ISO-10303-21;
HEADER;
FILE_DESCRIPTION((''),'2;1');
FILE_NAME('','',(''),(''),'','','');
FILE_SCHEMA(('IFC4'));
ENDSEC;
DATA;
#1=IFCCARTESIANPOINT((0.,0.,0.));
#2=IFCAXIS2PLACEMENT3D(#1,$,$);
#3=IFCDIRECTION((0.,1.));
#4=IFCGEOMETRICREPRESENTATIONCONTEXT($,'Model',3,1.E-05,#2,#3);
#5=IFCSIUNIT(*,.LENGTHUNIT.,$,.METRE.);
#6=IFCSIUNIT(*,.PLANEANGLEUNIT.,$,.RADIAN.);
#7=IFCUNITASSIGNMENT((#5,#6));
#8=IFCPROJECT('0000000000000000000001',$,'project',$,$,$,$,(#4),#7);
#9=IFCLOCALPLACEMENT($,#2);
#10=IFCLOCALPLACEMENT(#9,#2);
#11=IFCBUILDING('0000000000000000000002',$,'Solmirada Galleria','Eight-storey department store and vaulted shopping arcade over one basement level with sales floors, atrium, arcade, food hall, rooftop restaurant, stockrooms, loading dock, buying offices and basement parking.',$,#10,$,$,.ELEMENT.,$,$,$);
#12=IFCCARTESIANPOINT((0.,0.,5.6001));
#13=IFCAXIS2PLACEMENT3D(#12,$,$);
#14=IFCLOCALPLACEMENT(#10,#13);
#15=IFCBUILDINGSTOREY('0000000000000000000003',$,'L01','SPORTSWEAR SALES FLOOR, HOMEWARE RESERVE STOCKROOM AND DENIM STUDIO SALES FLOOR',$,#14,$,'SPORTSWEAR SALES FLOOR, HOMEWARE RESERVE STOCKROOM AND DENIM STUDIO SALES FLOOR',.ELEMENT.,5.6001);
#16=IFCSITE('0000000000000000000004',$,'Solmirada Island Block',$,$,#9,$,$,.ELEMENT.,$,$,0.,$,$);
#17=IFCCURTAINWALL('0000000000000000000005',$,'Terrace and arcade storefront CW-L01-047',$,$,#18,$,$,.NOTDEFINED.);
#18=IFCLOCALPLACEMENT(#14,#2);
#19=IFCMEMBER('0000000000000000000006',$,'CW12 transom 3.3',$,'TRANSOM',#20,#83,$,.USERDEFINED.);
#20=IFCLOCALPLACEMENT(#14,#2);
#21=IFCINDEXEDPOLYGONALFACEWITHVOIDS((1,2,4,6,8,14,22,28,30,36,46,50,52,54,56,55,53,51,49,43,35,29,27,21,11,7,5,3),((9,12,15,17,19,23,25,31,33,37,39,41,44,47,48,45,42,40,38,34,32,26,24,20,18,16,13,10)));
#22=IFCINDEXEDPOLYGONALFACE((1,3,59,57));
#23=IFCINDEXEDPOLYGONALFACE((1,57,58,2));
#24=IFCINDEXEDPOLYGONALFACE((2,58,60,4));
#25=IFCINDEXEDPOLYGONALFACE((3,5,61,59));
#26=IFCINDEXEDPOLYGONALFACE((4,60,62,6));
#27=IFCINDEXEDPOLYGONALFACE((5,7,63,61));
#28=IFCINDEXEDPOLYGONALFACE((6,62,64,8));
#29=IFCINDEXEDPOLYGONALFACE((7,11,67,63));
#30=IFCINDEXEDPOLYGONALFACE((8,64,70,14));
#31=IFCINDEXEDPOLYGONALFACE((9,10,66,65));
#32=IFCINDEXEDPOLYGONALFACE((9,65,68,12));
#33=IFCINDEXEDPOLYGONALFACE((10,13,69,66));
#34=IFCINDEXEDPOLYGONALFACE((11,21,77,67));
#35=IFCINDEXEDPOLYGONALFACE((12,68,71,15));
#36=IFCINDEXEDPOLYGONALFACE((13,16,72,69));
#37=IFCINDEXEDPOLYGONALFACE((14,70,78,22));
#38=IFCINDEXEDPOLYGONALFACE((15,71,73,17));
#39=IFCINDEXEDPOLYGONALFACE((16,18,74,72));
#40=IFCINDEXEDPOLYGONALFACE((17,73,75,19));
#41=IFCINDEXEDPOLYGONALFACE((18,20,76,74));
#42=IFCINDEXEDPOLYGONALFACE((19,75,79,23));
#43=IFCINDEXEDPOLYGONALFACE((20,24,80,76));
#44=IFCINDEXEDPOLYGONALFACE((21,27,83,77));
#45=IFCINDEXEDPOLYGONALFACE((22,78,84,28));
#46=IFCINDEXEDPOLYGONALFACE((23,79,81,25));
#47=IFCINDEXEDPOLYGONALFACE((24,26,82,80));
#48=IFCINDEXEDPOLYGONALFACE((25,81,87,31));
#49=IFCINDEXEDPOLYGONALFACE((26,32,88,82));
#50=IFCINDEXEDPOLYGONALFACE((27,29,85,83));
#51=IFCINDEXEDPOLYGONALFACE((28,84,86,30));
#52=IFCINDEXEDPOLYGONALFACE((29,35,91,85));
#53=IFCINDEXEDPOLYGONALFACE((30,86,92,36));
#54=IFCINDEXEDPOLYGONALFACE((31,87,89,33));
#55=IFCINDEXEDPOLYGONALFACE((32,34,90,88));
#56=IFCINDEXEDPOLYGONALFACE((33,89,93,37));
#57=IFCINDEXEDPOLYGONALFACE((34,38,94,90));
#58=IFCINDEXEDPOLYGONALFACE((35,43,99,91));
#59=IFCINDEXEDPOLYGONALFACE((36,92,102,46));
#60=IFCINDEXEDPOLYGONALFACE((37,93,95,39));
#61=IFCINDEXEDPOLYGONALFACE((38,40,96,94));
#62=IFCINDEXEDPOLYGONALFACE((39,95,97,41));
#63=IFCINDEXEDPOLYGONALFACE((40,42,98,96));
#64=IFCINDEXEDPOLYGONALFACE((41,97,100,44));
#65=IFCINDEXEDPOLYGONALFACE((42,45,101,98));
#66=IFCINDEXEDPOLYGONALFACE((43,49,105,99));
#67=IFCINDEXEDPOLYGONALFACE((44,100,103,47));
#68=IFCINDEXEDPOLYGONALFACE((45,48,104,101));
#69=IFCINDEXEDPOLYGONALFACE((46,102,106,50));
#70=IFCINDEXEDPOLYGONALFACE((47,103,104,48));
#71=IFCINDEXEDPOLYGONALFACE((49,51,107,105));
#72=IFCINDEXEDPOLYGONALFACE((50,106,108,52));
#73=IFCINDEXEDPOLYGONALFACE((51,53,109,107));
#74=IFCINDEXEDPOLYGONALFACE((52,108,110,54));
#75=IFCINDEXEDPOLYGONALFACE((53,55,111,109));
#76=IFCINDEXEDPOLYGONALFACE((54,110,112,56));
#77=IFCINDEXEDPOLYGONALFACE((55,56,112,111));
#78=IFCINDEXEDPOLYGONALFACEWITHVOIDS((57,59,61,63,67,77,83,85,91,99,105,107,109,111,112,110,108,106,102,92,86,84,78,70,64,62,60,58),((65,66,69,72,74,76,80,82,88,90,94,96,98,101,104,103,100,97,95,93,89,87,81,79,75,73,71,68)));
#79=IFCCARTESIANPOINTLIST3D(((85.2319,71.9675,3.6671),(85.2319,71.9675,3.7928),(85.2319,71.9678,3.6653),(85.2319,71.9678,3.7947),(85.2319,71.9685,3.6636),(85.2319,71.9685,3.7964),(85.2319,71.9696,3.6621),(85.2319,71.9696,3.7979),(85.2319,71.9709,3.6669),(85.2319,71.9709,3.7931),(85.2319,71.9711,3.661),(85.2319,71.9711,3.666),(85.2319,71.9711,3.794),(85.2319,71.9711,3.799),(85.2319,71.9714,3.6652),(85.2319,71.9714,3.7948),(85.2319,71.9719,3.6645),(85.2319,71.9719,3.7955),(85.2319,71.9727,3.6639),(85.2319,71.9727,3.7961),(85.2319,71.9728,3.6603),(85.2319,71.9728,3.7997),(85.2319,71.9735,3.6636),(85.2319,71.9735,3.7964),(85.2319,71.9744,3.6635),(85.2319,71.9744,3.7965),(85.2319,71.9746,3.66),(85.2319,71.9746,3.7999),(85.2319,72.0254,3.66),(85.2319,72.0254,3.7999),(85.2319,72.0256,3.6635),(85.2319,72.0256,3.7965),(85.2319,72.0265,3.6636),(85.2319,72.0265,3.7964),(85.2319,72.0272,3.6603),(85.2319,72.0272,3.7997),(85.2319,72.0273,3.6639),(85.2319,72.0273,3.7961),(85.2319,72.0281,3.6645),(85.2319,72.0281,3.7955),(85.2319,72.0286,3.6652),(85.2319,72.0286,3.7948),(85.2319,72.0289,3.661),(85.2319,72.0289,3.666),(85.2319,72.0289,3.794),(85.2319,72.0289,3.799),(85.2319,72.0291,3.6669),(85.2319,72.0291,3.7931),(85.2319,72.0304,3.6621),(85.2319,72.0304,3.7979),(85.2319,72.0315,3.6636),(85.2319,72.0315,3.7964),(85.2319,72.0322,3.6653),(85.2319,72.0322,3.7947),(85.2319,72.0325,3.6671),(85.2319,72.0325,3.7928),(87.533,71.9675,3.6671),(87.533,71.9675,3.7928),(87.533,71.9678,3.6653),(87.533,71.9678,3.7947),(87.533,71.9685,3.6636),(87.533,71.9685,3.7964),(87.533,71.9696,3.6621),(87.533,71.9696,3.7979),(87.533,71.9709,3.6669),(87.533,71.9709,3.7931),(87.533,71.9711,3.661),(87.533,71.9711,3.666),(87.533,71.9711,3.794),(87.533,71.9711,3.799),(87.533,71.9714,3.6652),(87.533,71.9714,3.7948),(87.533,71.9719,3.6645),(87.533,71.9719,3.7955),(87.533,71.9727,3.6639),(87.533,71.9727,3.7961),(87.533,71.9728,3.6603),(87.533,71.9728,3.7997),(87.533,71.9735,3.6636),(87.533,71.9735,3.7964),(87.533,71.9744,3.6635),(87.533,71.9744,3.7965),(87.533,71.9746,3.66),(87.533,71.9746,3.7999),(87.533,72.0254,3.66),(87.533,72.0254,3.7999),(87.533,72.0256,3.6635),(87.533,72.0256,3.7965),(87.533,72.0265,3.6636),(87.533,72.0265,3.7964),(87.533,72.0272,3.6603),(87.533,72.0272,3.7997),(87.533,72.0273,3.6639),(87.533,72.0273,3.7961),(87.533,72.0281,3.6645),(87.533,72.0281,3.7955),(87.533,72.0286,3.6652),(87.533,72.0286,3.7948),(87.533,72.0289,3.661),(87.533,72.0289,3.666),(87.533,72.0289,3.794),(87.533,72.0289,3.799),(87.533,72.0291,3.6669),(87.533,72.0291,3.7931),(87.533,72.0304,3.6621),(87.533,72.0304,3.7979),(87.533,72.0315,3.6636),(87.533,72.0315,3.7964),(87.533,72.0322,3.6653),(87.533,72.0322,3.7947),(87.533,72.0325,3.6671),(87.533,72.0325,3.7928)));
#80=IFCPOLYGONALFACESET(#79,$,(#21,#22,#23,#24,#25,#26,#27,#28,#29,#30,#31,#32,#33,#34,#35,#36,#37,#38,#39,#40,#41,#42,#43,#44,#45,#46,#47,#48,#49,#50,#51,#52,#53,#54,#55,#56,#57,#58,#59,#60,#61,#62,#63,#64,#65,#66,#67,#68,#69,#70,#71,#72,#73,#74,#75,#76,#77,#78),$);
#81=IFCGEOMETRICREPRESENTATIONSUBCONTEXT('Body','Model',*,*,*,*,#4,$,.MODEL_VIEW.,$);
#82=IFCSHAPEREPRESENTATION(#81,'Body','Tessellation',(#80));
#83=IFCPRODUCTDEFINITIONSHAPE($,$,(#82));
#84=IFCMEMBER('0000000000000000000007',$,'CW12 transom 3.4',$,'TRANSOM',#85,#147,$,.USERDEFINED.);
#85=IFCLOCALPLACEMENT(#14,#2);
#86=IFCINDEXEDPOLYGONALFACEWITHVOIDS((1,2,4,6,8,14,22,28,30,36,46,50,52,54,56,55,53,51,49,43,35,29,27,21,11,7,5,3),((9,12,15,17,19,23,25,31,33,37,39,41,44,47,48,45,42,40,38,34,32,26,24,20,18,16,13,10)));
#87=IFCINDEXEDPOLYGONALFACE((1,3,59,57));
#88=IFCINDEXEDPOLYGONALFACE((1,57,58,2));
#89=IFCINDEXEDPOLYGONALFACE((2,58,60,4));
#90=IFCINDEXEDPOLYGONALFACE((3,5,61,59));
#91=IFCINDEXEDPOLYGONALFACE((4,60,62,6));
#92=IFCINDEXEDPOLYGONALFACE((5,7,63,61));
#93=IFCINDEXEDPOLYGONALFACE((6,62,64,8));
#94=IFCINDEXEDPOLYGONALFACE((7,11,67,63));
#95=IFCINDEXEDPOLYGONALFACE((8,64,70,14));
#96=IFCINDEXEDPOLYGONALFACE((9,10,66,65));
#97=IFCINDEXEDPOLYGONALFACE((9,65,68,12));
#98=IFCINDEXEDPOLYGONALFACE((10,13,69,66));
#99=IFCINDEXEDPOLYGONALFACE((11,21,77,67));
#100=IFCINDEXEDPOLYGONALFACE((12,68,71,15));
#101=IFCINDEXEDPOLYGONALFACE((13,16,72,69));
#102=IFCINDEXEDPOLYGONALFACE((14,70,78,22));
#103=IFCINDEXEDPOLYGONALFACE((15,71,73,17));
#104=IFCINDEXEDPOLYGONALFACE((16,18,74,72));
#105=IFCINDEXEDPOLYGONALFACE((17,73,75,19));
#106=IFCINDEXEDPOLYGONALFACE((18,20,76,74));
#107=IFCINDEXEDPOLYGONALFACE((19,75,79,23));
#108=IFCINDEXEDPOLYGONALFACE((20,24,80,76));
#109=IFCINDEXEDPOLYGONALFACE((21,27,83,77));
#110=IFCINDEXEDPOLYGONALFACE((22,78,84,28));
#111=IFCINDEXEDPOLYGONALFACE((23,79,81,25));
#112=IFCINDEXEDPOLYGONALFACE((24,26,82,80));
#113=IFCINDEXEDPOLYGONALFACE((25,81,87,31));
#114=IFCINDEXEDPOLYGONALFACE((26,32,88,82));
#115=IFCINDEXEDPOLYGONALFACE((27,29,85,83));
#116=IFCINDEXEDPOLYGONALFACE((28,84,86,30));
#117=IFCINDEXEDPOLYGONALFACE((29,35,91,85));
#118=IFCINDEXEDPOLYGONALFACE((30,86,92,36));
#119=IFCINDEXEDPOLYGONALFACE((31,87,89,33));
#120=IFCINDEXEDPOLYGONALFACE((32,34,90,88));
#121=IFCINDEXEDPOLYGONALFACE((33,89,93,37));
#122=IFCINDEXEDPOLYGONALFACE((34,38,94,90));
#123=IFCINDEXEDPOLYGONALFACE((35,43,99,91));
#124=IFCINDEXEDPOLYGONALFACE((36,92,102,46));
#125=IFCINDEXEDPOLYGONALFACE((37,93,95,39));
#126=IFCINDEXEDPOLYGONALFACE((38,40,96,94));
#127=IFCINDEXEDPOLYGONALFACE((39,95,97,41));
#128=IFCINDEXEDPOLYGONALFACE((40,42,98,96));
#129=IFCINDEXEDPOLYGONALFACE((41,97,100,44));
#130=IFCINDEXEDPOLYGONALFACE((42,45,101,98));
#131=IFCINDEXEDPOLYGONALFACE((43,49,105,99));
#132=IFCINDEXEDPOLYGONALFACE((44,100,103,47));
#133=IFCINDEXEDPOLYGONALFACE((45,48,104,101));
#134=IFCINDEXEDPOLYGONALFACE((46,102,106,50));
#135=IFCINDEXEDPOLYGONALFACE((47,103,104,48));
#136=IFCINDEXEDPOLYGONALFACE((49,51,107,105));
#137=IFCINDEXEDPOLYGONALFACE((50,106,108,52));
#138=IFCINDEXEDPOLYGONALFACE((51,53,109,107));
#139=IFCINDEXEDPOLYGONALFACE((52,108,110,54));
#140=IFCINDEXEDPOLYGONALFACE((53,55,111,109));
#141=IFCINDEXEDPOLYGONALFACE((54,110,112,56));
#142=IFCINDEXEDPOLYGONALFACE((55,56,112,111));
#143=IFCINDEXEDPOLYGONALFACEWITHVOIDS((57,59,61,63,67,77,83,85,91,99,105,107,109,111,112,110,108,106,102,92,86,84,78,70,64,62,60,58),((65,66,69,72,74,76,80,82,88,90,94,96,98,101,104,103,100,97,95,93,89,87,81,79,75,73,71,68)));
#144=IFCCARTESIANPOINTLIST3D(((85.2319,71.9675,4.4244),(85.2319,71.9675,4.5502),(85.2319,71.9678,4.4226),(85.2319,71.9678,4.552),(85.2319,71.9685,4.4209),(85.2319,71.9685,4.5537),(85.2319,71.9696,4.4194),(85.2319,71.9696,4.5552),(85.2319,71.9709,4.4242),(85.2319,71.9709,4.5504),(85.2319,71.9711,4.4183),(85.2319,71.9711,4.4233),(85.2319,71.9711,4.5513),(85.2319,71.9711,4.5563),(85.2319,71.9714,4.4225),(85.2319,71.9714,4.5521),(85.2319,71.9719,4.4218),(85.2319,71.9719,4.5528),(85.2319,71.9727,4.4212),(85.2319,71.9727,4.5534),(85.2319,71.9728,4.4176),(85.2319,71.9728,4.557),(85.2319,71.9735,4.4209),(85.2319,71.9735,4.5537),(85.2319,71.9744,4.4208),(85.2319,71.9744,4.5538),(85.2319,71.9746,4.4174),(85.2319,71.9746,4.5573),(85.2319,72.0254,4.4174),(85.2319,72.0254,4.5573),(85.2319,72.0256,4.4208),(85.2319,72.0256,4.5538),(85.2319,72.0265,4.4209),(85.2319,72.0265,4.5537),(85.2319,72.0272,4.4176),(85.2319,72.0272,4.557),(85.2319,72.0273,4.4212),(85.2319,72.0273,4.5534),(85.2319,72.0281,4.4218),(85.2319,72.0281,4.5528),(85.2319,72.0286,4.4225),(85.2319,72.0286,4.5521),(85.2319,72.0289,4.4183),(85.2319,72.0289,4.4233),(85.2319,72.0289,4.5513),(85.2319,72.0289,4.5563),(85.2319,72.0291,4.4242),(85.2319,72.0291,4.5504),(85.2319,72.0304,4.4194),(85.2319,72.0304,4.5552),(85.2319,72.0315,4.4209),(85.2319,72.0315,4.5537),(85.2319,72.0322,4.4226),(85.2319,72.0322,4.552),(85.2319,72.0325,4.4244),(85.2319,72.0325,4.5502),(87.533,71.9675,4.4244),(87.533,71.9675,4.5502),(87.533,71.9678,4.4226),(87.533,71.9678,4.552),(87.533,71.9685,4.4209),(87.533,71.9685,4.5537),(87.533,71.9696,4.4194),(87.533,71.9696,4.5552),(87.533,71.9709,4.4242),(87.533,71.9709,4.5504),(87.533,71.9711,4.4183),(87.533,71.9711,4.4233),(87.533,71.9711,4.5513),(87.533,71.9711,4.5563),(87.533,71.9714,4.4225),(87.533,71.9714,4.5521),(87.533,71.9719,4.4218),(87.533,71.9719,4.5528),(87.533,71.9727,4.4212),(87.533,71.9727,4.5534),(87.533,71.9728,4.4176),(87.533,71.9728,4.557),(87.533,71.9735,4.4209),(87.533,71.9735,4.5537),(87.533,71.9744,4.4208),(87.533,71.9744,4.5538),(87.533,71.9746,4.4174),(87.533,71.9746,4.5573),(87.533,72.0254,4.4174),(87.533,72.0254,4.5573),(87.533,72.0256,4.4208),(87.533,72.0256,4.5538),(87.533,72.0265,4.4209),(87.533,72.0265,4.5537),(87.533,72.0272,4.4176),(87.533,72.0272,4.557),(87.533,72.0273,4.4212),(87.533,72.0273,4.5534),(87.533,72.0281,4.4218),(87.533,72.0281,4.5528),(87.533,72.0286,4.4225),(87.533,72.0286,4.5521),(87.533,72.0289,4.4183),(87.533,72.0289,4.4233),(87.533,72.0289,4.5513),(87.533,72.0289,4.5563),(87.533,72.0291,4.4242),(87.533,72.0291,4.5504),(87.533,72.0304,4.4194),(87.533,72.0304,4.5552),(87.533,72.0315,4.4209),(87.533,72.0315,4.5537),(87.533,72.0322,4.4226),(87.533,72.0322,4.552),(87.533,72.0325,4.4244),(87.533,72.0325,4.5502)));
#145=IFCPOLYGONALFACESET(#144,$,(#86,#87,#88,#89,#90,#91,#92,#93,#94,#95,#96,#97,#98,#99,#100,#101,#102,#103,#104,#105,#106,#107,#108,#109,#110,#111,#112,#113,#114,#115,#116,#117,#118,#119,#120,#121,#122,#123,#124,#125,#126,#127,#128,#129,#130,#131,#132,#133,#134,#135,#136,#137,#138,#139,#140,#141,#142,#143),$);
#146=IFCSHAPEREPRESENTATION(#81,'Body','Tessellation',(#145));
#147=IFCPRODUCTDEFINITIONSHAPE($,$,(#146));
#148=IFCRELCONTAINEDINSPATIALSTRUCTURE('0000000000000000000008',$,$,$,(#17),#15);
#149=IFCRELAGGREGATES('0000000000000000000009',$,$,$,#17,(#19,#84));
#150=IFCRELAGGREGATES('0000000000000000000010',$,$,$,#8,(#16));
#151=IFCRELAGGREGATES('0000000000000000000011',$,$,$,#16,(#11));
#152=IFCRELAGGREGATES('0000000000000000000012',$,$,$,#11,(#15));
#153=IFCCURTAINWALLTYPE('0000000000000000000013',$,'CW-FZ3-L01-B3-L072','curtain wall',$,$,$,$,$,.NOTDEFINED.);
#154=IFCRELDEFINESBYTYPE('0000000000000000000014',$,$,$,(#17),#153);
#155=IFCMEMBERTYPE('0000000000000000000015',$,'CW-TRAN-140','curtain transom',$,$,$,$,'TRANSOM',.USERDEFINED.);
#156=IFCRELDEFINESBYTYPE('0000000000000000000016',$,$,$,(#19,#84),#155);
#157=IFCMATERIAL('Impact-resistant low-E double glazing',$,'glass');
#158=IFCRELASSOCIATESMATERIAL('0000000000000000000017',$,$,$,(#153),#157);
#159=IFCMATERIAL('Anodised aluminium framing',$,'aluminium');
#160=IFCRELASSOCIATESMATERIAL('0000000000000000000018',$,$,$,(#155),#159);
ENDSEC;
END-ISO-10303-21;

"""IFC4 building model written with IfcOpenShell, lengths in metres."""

from ifc_helpers import new_model, si_unit, direction, frame, origin, origin_2d, place, context, subcontext, project, spatial, hollow_rectangle, extrude, material, material_profile, profile_set, type_object, element, aggregate, save


model = new_model("IFC4")

# Units and contexts
model_context = context("Model", 3, precision=1e-05, world=origin(), true_north=direction((0.0, 1.0)))
body_context = subcontext(model_context, "Body", "Model", "MODEL_VIEW")
ifc_project = project(units=[si_unit("LENGTHUNIT", "METRE"), si_unit("PLANEANGLEUNIT", "RADIAN")], contexts=[model_context])

# Site, building, storey
site_placement = place(None, origin())
site = spatial("IfcSite", under=ifc_project, at=site_placement, Name="Solmirada Island Block", CompositionType="ELEMENT", RefElevation=0.0)
building_placement = place(site_placement, origin())
building = spatial("IfcBuilding", under=site, at=building_placement, Name="Solmirada Galleria", Description="Eight-storey department store and vaulted shopping arcade over one basement level with sales floors, atrium, arcade, food hall, rooftop restaurant, stockrooms, loading dock, buying offices and basement parking.", CompositionType="ELEMENT")
storey_placement = place(building_placement, frame((0.0, 0.0, 5.6001)))
storey = spatial("IfcBuildingStorey", under=building, at=storey_placement, Name="L01", Description="SPORTSWEAR SALES FLOOR, HOMEWARE RESERVE STOCKROOM AND DENIM STUDIO SALES FLOOR", LongName="SPORTSWEAR SALES FLOOR, HOMEWARE RESERVE STOCKROOM AND DENIM STUDIO SALES FLOOR", CompositionType="ELEMENT", Elevation=5.6001)

# Curtain wall
ifc_material_1 = material(Name="Impact-resistant low-E double glazing", Category="glass")
curtain_wall_type_1 = type_object("IfcCurtainWallType", Name="CW-FZ3-L01-B3-L072", Description="curtain wall", PredefinedType="NOTDEFINED", material=ifc_material_1)
curtain_wall_1_placement = place(storey_placement, origin())
curtain_wall_1 = element("IfcCurtainWall", 1, at=curtain_wall_1_placement, inside=storey, type_object=curtain_wall_type_1, Name="Terrace and arcade storefront CW-L01-047", PredefinedType="NOTDEFINED")
ifc_material_2 = material(Name="Anodised aluminium framing", Category="aluminium")

# Members
ifc_material_profile_1 = material_profile(ifc_material_2, hollow_rectangle(XDim=0.0649, YDim=0.1399, WallThickness=0.0034, InnerFilletRadius=0.0034, OuterFilletRadius=0.0071, at=origin_2d()), Name="ALU-TRAN-140X65")
ifc_profile_set_1 = profile_set([ifc_material_profile_1], Name="Anodised aluminium framing")
member_type_1 = type_object("IfcMemberType", Name="CW-TRAN-140", Description="curtain transom", ElementType="TRANSOM", PredefinedType="USERDEFINED", material=ifc_profile_set_1)
member_1_placement = place(storey_placement, frame((85.2319, 72.0, 3.73), z_axis=(1.0, 0.0, 0.0), x_axis=(0.0, 1.0, 0.0)))
member_1 = element("IfcMember", 2, at=member_1_placement, type_object=member_type_1, Name="CW12 transom 3.3", ObjectType="TRANSOM", PredefinedType="USERDEFINED", context=body_context, shape_type="SweptSolid", body=[
    extrude(hollow_rectangle(XDim=0.0649, YDim=0.1399, WallThickness=0.0034, InnerFilletRadius=0.0034, OuterFilletRadius=0.0071, at=origin_2d()), origin(), (0.0, 0.0, 1.0), 2.301),
])
member_2_placement = place(storey_placement, frame((85.2319, 72.0, 4.4873), z_axis=(1.0, 0.0, 0.0), x_axis=(0.0, 1.0, 0.0)))
member_2 = element("IfcMember", 3, at=member_2_placement, type_object=member_type_1, Name="CW12 transom 3.4", ObjectType="TRANSOM", PredefinedType="USERDEFINED", context=body_context, shape_type="SweptSolid", body=[
    extrude(hollow_rectangle(XDim=0.0649, YDim=0.1399, WallThickness=0.0034, InnerFilletRadius=0.0034, OuterFilletRadius=0.0071, at=origin_2d()), origin(), (0.0, 0.0, 1.0), 2.301),
])

aggregate(curtain_wall_1, [member_1, member_2])

save(model, "model.ifc")
